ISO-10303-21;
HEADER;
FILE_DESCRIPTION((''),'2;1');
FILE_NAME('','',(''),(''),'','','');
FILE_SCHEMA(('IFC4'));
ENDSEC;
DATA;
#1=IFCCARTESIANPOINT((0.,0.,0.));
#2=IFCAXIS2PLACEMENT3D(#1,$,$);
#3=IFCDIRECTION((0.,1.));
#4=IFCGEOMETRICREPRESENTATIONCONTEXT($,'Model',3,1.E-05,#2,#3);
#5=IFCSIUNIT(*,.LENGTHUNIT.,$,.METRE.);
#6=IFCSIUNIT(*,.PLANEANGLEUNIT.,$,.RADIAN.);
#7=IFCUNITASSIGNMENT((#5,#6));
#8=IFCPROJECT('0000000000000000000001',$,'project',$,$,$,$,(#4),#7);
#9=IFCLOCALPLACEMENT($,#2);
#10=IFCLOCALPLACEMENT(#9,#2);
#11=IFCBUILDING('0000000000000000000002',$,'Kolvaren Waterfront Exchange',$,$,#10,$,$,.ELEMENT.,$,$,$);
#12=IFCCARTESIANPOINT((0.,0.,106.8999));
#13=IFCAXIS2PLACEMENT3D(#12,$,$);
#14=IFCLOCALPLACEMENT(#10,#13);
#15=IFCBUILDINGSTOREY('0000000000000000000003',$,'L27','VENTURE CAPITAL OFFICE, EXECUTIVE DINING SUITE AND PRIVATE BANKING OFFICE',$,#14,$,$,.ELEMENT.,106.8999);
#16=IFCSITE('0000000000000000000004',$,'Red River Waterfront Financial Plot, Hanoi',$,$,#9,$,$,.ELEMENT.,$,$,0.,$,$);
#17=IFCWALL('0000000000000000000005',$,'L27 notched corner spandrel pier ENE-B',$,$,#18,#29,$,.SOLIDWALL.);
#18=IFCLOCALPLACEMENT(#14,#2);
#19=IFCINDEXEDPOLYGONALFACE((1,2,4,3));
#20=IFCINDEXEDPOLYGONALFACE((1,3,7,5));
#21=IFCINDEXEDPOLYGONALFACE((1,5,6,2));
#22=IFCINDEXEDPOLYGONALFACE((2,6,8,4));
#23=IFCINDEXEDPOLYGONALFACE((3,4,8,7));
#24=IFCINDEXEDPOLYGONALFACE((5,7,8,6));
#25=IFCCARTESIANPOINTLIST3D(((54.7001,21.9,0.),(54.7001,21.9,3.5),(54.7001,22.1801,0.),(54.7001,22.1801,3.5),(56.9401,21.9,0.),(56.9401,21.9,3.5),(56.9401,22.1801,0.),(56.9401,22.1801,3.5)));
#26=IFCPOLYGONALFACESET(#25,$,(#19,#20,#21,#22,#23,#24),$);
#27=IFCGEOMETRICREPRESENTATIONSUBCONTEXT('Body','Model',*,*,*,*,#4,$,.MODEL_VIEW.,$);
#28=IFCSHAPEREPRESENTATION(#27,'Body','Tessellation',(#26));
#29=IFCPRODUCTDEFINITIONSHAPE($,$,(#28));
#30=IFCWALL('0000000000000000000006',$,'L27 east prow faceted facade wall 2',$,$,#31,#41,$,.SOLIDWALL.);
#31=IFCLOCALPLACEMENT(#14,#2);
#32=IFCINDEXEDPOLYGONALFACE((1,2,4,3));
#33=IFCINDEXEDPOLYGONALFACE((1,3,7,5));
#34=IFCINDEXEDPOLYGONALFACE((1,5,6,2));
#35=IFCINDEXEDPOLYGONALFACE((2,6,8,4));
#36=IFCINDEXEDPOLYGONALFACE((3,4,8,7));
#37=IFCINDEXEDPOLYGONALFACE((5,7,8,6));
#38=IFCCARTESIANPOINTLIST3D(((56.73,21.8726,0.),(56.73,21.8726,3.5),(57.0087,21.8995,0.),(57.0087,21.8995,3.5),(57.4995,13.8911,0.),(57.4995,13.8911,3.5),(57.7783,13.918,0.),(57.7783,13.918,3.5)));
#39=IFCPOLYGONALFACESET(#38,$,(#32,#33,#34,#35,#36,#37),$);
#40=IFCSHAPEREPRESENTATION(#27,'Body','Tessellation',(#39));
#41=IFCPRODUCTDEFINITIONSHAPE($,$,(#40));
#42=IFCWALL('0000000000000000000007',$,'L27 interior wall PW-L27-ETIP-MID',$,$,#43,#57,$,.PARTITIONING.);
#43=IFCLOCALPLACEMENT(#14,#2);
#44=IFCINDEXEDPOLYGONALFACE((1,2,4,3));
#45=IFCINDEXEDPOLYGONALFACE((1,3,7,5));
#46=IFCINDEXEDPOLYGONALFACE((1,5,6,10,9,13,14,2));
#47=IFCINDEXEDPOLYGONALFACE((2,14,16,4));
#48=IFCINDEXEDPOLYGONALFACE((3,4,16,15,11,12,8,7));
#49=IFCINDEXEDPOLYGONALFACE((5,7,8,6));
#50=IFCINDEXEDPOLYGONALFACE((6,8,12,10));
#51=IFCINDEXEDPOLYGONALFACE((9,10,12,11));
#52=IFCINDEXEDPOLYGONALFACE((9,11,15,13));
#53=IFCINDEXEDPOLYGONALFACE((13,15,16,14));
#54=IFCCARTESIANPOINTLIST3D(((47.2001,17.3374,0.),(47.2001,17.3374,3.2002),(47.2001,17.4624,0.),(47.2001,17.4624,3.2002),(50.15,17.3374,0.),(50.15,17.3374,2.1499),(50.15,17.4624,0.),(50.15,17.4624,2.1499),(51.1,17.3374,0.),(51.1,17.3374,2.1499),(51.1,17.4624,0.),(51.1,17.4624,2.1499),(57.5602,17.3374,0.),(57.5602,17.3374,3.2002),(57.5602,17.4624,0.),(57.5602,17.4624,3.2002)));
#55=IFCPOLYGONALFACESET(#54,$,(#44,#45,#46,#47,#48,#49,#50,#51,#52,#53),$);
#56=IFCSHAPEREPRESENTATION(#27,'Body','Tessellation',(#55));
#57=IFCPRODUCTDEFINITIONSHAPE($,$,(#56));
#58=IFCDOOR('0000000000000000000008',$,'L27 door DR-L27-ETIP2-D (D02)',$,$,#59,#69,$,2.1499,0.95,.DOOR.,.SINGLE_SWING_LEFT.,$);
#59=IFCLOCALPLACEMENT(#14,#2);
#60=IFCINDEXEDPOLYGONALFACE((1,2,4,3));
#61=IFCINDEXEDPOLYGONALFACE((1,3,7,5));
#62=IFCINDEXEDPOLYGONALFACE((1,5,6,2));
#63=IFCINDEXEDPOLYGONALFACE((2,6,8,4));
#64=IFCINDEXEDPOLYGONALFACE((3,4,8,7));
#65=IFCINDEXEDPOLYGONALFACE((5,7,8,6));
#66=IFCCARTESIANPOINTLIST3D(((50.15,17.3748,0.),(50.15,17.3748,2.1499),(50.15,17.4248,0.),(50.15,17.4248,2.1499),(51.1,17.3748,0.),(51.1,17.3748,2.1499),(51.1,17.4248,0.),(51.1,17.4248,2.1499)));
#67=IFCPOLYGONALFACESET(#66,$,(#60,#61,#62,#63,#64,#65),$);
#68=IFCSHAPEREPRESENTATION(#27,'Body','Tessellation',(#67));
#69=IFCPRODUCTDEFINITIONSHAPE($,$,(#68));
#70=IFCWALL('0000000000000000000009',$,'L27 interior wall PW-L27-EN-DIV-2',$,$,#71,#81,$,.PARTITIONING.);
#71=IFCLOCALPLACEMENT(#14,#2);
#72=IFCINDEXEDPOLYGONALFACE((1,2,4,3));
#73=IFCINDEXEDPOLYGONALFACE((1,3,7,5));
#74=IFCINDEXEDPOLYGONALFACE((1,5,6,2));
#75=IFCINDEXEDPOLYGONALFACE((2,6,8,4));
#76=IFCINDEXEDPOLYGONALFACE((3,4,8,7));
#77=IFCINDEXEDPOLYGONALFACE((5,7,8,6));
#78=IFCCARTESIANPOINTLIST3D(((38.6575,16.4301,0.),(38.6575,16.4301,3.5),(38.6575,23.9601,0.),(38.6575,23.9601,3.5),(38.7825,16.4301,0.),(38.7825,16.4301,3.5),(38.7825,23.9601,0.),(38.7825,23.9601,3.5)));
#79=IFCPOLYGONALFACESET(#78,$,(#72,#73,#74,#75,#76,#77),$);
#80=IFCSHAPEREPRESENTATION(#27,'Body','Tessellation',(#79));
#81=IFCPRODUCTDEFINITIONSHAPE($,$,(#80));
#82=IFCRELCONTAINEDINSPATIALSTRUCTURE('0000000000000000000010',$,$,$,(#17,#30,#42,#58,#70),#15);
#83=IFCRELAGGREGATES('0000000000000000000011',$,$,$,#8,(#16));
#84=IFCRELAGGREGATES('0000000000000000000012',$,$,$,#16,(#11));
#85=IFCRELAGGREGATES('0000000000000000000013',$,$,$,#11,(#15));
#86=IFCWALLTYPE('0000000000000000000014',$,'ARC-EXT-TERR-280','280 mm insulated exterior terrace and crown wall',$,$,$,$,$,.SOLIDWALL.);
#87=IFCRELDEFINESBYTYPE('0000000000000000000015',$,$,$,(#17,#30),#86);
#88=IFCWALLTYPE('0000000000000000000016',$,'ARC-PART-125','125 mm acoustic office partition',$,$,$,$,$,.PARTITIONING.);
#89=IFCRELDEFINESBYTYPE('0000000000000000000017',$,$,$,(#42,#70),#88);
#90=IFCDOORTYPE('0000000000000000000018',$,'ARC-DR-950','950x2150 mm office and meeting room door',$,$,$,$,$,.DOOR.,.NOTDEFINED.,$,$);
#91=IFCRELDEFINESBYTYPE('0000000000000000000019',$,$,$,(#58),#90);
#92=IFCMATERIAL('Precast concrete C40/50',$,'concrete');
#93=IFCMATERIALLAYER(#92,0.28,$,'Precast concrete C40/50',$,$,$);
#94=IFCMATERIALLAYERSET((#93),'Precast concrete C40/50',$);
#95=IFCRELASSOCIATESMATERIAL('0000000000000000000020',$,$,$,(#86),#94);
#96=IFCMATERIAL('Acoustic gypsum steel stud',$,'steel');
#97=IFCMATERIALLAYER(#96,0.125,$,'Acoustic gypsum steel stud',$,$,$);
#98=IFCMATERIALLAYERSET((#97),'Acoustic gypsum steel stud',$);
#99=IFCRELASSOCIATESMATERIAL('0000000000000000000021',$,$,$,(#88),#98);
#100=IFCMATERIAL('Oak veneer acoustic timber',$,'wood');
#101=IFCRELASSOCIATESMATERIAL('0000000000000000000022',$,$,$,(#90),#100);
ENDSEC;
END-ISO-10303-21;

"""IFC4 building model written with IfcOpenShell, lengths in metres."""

from ifc_helpers import new_model, si_unit, direction, frame, frame_2d, origin, place, context, subcontext, project, spatial, rectangle, extrude, material, layer, layer_set, type_object, element, fill, save


model = new_model("IFC4")

# Units and contexts
model_context = context("Model", 3, precision=1e-05, world=origin(), true_north=direction((0.0, 1.0)))
body_context = subcontext(model_context, "Body", "Model", "MODEL_VIEW")
ifc_project = project(units=[si_unit("LENGTHUNIT", "METRE"), si_unit("PLANEANGLEUNIT", "RADIAN")], contexts=[model_context])

# Site, building, storey
site_placement = place(None, origin())
site = spatial("IfcSite", under=ifc_project, at=site_placement, Name="Red River Waterfront Financial Plot, Hanoi", CompositionType="ELEMENT", RefElevation=0.0)
building_placement = place(site_placement, origin())
building = spatial("IfcBuilding", under=site, at=building_placement, Name="Kolvaren Waterfront Exchange", CompositionType="ELEMENT")
storey_placement = place(building_placement, frame((0.0, 0.0, 106.8999)))
storey = spatial("IfcBuildingStorey", under=building, at=storey_placement, Name="L27", Description="VENTURE CAPITAL OFFICE, EXECUTIVE DINING SUITE AND PRIVATE BANKING OFFICE", CompositionType="ELEMENT", Elevation=106.8999)

# Walls
ifc_material_1 = material(Name="Precast concrete C40/50", Category="concrete")
ifc_layer_1 = layer(ifc_material_1, 0.28, Name="Precast concrete C40/50")
ifc_layer_set_1 = layer_set([ifc_layer_1], Name="Precast concrete C40/50")
wall_type_1 = type_object("IfcWallType", Name="ARC-EXT-TERR-280", Description="280 mm insulated exterior terrace and crown wall", PredefinedType="SOLIDWALL", material=ifc_layer_set_1)
wall_1_placement = place(storey_placement, frame((54.7, 22.04, 0.0), z_axis=(0.0, 0.0, 1.0), x_axis=(1.0, 0.0, 0.0)))
element("IfcWall", 1, at=wall_1_placement, inside=storey, type_object=wall_type_1, Name="L27 notched corner spandrel pier ENE-B", PredefinedType="SOLIDWALL", context=body_context, shape_type="SweptSolid", body=[
    extrude(rectangle(XDim=2.24, YDim=0.28, at=frame_2d((1.1201, 0.0))), origin(), (0.0, 0.0, 1.0), 3.5),
])
wall_2_placement = place(storey_placement, frame((57.6389, 13.9045, 0.0), z_axis=(0.0, 0.0, 1.0), x_axis=(-0.09597, 0.995384, 0.0)))
element("IfcWall", 2, at=wall_2_placement, inside=storey, type_object=wall_type_1, Name="L27 east prow faceted facade wall 2", PredefinedType="SOLIDWALL", context=body_context, shape_type="SweptSolid", body=[
    extrude(rectangle(XDim=8.0186, YDim=0.28, at=frame_2d((4.0093, 0.0))), origin(), (0.0, 0.0, 1.0), 3.5),
])

# Wall, opening, door
ifc_material_2 = material(Name="Acoustic gypsum steel stud", Category="steel")
ifc_layer_2 = layer(ifc_material_2, 0.125, Name="Acoustic gypsum steel stud")
ifc_layer_set_2 = layer_set([ifc_layer_2], Name="Acoustic gypsum steel stud")
wall_type_2 = type_object("IfcWallType", Name="ARC-PART-125", Description="125 mm acoustic office partition", PredefinedType="PARTITIONING", material=ifc_layer_set_2)
wall_3_placement = place(storey_placement, frame((47.2, 17.3999, 0.0), z_axis=(0.0, 0.0, 1.0), x_axis=(1.0, 0.0, 0.0)))
wall_3 = element("IfcWall", 3, at=wall_3_placement, inside=storey, type_object=wall_type_2, Name="L27 interior wall PW-L27-ETIP-MID", PredefinedType="PARTITIONING", context=body_context, shape_type="SweptSolid", body=[
    extrude(rectangle(XDim=10.3601, YDim=0.125, at=frame_2d((5.1802, 0.0))), origin(), (0.0, 0.0, 1.0), 3.2002),
])
opening_placement = place(wall_3_placement, frame((2.95, 0.0, 0.0)))
opening = element("IfcOpeningElement", 4, at=opening_placement, cuts=wall_3, PredefinedType="OPENING", context=body_context, shape_type="SweptSolid", body=[
    extrude(rectangle(XDim=0.95, YDim=2.1499, at=frame_2d((0.4751, 1.075))), frame((0.0, 0.0725, 0.0), z_axis=(0.0, -1.0, 0.0), x_axis=(1.0, 0.0, 0.0)), (0.0, 0.0, 1.0), 0.145),
])
ifc_material_3 = material(Name="Oak veneer acoustic timber", Category="wood")
door_type = type_object("IfcDoorType", Name="ARC-DR-950", Description="950x2150 mm office and meeting room door", OperationType="NOTDEFINED", PredefinedType="DOOR", material=ifc_material_3)
door_placement = place(opening_placement, origin())
door = element("IfcDoor", 5, at=door_placement, inside=storey, type_object=door_type, Name="L27 door DR-L27-ETIP2-D (D02)", OperationType="SINGLE_SWING_LEFT", OverallHeight=2.1499, OverallWidth=0.95, PredefinedType="DOOR", context=body_context, shape_type="SweptSolid", body=[
    extrude(rectangle(XDim=0.95, YDim=2.1499, at=frame_2d((0.4751, 1.075))), frame((0.0, 0.0249, 0.0), z_axis=(0.0, -1.0, 0.0), x_axis=(1.0, 0.0, 0.0)), (0.0, 0.0, 1.0), 0.05),
])
fill(opening, door)

# Wall
wall_4_placement = place(storey_placement, frame((38.72, 16.4299, 0.0), z_axis=(0.0, 0.0, 1.0), x_axis=(0.0, 1.0, 0.0)))
element("IfcWall", 6, at=wall_4_placement, inside=storey, type_object=wall_type_2, Name="L27 interior wall PW-L27-EN-DIV-2", PredefinedType="PARTITIONING", context=body_context, shape_type="SweptSolid", body=[
    extrude(rectangle(XDim=7.53, YDim=0.125, at=frame_2d((3.7651, 0.0))), origin(), (0.0, 0.0, 1.0), 3.5),
])

save(model, "model.ifc")
